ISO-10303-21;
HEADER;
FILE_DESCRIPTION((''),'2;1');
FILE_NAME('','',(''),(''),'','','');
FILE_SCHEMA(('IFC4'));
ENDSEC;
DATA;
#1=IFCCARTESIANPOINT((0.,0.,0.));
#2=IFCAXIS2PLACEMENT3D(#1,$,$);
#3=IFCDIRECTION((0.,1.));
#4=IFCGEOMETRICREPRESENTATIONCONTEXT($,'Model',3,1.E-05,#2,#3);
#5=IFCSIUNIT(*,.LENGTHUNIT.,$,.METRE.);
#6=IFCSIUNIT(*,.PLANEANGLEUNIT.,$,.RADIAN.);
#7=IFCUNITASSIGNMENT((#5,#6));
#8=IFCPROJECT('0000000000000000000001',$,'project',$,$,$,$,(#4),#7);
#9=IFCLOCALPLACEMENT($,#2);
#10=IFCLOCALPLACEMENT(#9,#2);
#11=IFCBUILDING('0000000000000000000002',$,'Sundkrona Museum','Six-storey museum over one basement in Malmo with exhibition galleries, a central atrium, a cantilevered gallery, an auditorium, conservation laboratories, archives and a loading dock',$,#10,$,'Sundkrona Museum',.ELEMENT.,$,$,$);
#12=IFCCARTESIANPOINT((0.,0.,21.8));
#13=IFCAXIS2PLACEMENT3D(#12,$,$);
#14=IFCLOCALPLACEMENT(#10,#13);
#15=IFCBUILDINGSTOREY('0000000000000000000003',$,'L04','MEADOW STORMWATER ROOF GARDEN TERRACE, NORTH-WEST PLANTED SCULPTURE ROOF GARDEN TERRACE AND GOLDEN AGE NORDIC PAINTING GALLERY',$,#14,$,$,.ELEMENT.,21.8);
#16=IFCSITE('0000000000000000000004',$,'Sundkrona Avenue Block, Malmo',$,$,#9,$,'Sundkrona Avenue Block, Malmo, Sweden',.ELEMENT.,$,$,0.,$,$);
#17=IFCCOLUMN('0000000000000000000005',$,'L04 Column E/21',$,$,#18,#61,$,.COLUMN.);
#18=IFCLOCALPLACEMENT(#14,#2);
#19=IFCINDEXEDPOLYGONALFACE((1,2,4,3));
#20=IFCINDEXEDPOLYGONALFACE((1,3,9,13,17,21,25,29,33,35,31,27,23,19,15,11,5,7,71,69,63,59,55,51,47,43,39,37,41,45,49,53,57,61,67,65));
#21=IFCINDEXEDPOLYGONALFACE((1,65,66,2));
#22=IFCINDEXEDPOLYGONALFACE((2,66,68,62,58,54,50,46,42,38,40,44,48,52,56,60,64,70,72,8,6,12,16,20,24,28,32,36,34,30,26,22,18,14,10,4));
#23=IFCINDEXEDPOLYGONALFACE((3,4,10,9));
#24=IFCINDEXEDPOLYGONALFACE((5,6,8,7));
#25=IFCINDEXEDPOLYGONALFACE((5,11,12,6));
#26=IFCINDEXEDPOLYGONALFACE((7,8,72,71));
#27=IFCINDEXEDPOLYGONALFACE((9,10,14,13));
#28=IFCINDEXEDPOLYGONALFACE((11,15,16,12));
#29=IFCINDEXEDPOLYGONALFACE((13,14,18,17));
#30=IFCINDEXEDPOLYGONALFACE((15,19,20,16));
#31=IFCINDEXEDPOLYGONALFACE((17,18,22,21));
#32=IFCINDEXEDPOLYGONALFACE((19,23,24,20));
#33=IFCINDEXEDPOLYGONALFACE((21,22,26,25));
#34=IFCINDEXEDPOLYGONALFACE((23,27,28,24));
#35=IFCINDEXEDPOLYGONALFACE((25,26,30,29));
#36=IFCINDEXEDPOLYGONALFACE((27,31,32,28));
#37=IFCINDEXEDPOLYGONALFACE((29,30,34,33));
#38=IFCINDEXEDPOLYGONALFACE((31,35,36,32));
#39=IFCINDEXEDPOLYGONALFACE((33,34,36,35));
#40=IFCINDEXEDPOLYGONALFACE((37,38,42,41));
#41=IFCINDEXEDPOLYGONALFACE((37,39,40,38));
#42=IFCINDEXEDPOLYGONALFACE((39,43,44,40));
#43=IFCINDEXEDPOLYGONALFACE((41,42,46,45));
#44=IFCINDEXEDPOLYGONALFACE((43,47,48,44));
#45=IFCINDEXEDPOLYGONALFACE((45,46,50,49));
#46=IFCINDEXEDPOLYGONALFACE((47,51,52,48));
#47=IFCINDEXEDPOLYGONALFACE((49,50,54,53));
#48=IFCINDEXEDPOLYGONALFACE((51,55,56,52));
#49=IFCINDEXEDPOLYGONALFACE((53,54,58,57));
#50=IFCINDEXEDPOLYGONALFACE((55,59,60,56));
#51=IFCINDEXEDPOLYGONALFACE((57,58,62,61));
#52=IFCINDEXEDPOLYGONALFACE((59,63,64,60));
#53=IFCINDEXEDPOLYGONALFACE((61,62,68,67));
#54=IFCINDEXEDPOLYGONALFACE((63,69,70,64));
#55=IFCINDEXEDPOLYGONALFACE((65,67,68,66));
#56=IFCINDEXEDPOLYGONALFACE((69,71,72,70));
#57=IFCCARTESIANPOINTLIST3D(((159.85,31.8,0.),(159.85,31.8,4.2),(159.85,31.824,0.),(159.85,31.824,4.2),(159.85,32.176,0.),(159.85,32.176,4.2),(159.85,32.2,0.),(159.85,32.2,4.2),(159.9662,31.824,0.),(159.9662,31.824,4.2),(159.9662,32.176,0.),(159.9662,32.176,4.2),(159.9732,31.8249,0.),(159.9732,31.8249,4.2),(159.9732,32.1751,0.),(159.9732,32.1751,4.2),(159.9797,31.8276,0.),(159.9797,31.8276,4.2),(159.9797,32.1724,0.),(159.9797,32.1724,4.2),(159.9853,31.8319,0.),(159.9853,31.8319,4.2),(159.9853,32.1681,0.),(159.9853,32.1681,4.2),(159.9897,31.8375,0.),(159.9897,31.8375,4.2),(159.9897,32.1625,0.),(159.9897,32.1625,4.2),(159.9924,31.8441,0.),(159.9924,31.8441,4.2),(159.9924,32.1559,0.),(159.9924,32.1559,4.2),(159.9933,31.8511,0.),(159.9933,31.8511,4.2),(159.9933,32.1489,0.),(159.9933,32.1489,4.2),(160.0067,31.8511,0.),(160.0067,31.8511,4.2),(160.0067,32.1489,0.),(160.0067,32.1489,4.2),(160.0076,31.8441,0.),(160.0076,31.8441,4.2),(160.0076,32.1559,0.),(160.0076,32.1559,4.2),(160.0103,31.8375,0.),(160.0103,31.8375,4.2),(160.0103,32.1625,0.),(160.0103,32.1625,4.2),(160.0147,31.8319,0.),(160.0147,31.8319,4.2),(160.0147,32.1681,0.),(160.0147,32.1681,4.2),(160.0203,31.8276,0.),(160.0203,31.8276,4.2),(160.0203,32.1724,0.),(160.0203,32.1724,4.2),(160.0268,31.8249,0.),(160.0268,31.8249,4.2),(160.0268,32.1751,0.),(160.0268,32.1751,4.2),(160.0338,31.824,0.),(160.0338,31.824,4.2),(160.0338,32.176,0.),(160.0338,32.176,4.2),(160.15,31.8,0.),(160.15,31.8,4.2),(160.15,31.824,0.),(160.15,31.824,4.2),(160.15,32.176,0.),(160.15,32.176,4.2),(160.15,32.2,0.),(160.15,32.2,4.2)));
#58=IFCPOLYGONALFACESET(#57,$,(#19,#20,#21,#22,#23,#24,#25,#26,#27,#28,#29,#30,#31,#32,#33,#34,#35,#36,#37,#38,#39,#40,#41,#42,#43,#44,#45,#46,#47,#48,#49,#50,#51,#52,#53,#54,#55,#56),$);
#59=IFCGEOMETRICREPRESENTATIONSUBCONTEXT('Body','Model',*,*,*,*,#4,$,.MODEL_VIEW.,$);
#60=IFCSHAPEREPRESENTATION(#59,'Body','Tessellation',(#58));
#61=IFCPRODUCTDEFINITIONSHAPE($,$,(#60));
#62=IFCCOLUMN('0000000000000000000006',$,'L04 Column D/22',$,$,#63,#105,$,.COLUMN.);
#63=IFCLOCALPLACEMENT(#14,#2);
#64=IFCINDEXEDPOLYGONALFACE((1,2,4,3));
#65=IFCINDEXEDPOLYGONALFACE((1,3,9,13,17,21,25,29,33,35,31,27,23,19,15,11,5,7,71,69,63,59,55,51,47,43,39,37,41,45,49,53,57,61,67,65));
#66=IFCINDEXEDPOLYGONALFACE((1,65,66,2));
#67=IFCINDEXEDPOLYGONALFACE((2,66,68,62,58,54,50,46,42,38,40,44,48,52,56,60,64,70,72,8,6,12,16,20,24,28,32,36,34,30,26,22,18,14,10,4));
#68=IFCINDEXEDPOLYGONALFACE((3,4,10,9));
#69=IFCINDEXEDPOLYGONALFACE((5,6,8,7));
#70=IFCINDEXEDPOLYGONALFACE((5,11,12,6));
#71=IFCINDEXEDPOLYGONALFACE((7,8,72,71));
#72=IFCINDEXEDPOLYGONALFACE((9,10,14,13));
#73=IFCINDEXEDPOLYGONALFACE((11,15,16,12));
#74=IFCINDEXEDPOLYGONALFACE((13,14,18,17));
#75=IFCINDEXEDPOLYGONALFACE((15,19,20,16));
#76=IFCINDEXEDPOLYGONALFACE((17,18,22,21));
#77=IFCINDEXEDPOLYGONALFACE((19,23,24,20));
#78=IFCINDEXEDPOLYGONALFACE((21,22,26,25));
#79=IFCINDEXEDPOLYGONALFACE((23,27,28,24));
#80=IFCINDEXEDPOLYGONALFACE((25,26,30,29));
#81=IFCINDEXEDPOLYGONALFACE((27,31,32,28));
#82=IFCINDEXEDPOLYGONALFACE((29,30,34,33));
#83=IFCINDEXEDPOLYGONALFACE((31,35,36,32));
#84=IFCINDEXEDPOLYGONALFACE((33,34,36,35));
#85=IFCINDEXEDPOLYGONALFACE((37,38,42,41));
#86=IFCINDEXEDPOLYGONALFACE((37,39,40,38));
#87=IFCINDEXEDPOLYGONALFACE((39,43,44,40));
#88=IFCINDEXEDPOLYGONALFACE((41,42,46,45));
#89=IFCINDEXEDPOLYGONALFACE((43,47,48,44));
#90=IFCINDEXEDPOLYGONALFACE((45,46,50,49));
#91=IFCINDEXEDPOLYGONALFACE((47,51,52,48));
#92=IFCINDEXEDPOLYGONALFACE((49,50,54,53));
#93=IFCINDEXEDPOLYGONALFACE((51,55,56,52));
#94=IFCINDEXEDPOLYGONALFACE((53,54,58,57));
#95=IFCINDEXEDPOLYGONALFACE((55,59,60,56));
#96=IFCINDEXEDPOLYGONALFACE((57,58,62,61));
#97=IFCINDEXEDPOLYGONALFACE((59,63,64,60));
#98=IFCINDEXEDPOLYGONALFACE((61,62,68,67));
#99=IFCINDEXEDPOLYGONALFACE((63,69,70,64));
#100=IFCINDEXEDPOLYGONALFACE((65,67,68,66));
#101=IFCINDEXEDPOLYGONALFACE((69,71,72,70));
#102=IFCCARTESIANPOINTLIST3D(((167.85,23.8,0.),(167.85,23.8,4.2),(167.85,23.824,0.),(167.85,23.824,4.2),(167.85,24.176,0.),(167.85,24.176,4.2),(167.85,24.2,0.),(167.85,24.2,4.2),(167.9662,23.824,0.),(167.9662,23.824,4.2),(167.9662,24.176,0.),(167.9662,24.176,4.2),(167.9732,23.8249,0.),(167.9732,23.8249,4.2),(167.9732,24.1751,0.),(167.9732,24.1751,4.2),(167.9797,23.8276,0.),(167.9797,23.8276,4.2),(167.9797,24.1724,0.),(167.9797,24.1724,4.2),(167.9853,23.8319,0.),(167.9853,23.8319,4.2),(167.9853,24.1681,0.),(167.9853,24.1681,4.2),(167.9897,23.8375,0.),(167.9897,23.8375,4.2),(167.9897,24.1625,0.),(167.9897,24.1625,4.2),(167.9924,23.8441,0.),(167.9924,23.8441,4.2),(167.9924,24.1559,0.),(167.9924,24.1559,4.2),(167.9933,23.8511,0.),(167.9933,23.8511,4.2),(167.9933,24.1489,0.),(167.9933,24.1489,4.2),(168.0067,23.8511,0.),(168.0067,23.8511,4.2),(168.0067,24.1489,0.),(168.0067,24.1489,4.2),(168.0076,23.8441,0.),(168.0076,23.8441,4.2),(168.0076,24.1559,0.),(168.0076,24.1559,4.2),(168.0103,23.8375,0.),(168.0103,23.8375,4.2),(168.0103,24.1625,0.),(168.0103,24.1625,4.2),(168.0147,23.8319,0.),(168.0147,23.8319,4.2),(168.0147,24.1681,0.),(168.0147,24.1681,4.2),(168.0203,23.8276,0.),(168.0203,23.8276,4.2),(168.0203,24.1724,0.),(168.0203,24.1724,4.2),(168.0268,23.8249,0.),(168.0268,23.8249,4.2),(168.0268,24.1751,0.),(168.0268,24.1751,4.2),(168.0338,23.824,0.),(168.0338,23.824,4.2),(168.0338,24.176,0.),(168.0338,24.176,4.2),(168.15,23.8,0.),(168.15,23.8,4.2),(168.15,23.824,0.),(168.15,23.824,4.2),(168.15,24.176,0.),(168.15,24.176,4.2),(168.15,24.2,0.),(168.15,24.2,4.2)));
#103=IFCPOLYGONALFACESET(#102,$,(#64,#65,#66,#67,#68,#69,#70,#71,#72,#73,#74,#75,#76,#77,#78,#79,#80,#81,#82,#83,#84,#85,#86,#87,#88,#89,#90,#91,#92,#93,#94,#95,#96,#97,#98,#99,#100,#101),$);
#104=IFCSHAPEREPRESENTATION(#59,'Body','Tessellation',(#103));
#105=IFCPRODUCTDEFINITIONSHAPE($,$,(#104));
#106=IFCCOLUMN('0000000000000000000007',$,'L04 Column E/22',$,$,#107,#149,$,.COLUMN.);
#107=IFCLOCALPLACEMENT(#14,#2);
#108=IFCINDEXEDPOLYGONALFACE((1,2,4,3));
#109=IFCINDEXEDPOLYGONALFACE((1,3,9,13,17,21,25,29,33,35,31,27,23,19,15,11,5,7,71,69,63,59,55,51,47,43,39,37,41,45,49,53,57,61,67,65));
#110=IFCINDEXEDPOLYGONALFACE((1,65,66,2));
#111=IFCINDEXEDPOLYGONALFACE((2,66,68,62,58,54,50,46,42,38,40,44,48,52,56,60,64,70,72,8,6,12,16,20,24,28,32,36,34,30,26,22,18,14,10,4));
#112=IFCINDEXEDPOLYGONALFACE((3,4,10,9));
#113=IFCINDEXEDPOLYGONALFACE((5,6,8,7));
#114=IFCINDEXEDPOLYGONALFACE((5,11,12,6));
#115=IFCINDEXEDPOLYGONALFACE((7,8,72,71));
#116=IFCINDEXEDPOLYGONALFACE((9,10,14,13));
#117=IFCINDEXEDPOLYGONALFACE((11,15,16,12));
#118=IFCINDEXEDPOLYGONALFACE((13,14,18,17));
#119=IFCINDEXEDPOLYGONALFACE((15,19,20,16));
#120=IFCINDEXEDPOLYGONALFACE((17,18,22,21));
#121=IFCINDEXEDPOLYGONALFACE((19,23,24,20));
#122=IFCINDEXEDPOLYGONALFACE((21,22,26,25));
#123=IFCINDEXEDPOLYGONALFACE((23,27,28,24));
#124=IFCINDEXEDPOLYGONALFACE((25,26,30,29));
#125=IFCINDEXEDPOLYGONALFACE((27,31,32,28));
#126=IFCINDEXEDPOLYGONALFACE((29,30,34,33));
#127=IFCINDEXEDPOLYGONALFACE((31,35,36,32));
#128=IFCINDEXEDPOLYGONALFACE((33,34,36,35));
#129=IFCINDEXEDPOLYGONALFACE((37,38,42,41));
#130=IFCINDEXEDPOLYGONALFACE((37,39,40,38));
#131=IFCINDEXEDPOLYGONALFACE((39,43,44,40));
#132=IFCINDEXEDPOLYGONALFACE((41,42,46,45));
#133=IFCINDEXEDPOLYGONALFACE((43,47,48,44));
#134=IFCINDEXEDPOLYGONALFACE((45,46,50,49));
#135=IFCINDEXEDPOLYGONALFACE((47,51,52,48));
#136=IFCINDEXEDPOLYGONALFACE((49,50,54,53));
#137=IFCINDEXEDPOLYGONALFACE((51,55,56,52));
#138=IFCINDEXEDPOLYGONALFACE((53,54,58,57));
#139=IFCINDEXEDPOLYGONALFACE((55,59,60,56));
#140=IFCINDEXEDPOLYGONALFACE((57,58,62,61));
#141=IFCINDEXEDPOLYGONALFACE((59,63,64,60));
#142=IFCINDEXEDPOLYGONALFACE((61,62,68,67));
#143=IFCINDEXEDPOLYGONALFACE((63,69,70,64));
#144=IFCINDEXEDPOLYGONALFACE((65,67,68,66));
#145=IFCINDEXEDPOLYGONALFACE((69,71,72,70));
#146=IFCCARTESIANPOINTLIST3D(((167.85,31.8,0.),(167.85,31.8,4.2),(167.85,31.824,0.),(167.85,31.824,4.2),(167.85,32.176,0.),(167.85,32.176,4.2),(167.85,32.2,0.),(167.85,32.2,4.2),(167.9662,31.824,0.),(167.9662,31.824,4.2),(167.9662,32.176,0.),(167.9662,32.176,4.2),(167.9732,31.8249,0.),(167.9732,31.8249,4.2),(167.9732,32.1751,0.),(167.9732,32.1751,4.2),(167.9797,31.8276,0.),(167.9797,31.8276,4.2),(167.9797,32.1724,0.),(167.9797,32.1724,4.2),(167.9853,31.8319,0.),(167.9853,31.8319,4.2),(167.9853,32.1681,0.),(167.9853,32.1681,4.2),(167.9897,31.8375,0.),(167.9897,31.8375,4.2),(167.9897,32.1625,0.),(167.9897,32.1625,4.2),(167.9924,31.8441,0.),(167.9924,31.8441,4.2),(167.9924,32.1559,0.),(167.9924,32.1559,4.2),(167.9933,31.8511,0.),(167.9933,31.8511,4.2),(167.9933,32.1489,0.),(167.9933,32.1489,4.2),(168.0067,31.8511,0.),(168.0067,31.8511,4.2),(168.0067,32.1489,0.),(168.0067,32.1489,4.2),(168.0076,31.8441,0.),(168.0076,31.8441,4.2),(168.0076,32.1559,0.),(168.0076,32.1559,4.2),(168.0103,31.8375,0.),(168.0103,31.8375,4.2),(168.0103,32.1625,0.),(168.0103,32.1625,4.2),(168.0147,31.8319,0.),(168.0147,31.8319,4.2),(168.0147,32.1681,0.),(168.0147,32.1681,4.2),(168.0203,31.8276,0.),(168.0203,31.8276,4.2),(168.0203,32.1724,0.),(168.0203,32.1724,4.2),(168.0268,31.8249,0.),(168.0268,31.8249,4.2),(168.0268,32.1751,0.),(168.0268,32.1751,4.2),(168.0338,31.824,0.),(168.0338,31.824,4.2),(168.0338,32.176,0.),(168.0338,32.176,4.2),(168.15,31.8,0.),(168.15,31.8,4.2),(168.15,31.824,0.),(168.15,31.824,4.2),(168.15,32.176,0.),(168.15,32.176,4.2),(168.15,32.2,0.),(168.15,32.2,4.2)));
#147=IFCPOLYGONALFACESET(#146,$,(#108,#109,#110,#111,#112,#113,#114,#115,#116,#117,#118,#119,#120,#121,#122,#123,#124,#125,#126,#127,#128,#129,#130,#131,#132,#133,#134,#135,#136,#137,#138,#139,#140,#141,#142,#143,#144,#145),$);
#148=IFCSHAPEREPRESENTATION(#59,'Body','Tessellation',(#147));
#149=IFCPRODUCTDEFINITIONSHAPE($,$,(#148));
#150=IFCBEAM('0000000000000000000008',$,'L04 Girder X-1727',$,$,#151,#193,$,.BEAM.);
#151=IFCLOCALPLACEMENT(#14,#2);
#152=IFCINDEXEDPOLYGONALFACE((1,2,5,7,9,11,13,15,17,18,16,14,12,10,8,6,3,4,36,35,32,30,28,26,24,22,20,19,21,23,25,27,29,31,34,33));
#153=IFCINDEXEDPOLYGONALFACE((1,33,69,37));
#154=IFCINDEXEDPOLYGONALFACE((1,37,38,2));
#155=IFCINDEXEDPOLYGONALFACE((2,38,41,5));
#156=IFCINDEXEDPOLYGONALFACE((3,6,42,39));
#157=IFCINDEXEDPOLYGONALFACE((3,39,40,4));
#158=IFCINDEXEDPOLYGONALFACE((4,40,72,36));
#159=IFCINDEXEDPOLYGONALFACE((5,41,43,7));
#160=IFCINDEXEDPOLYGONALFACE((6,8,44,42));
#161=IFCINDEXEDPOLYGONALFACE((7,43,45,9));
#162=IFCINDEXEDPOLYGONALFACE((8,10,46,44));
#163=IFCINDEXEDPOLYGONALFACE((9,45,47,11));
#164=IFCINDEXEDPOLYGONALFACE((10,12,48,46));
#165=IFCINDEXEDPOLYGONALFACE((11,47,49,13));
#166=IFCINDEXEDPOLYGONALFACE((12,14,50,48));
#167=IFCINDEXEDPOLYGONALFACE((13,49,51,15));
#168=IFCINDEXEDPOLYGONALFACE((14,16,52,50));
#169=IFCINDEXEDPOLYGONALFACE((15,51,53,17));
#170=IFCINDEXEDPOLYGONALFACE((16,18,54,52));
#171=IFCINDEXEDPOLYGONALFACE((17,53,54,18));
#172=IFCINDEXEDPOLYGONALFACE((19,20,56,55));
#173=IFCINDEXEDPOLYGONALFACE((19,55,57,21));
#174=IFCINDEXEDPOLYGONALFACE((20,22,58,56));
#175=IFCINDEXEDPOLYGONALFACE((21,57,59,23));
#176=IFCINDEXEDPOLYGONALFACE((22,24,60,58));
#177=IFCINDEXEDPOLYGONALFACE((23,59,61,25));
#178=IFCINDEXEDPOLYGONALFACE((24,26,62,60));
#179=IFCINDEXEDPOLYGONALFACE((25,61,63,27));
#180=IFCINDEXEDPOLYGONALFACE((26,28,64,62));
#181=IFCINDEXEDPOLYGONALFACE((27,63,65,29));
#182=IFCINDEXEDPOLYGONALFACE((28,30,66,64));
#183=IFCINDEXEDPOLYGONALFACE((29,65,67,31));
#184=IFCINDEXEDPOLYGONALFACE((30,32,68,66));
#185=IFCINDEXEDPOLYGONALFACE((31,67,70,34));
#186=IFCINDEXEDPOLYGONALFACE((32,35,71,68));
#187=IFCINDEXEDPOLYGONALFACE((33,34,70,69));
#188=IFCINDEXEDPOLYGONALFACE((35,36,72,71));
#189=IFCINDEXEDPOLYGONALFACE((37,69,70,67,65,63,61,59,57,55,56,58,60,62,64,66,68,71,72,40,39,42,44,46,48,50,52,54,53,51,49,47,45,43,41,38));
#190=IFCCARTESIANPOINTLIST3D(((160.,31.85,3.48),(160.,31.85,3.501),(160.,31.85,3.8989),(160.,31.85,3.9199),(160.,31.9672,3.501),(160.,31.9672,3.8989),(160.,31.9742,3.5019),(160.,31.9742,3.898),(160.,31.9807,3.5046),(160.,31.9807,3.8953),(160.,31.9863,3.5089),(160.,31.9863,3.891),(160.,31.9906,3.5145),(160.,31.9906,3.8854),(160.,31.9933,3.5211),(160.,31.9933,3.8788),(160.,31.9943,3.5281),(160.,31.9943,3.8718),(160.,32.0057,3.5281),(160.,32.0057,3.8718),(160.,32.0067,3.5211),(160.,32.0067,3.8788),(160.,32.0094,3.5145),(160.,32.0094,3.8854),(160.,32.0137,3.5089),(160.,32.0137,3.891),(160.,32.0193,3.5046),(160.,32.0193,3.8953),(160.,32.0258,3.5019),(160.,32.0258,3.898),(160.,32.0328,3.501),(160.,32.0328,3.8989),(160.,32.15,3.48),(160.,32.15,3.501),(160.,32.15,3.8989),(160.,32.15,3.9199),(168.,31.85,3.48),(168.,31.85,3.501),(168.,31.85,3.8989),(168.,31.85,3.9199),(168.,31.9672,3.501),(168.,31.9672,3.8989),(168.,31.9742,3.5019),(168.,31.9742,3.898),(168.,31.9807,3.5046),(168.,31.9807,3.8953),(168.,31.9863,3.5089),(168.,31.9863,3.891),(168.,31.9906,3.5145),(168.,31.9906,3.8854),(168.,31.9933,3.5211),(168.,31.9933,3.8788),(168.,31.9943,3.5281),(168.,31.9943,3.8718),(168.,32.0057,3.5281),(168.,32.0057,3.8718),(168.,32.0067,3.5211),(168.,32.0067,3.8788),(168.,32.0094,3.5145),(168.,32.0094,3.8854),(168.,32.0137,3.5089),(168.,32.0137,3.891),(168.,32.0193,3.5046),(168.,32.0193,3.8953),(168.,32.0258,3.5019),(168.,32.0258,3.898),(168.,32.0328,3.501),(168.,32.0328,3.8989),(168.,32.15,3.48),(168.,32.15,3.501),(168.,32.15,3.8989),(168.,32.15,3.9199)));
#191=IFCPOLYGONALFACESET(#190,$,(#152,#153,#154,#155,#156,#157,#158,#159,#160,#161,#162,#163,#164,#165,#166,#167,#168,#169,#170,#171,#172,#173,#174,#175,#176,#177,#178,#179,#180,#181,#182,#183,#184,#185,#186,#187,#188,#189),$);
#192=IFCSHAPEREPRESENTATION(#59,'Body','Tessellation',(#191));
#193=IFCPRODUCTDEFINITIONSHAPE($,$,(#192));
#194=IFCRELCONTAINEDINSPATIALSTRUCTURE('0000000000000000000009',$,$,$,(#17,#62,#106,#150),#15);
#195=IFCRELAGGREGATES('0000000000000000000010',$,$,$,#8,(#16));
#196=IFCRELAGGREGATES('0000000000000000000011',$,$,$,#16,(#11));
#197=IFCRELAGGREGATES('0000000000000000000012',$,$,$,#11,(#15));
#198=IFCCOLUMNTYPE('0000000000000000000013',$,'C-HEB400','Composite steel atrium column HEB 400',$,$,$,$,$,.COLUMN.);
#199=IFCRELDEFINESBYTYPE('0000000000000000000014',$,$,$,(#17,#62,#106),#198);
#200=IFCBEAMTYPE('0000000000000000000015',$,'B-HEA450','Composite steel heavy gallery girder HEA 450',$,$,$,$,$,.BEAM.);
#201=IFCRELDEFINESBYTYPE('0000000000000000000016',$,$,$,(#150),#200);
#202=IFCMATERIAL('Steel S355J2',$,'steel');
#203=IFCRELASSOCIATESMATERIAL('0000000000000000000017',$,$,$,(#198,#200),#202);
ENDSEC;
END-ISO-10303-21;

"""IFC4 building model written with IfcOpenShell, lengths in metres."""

from ifc_helpers import new_model, si_unit, direction, frame, origin, origin_2d, place, context, subcontext, project, spatial, i_section, extrude, material, material_profile, profile_set, type_object, element, save


model = new_model("IFC4")

# Units and contexts
model_context = context("Model", 3, precision=1e-05, world=origin(), true_north=direction((0.0, 1.0)))
body_context = subcontext(model_context, "Body", "Model", "MODEL_VIEW")
ifc_project = project(units=[si_unit("LENGTHUNIT", "METRE"), si_unit("PLANEANGLEUNIT", "RADIAN")], contexts=[model_context])

# Site, building, storey
site_placement = place(None, origin())
site = spatial("IfcSite", under=ifc_project, at=site_placement, Name="Sundkrona Avenue Block, Malmo", LongName="Sundkrona Avenue Block, Malmo, Sweden", CompositionType="ELEMENT", RefElevation=0.0)
building_placement = place(site_placement, origin())
building = spatial("IfcBuilding", under=site, at=building_placement, Name="Sundkrona Museum", Description="Six-storey museum over one basement in Malmo with exhibition galleries, a central atrium, a cantilevered gallery, an auditorium, conservation laboratories, archives and a loading dock", LongName="Sundkrona Museum", CompositionType="ELEMENT")
storey_placement = place(building_placement, frame((0.0, 0.0, 21.8)))
storey = spatial("IfcBuildingStorey", under=building, at=storey_placement, Name="L04", Description="MEADOW STORMWATER ROOF GARDEN TERRACE, NORTH-WEST PLANTED SCULPTURE ROOF GARDEN TERRACE AND GOLDEN AGE NORDIC PAINTING GALLERY", CompositionType="ELEMENT", Elevation=21.8)

# Columns
ifc_material_1 = material(Name="Steel S355J2", Category="steel")
ifc_material_profile_1 = material_profile(ifc_material_1, i_section(OverallWidth=0.3, OverallDepth=0.3999, WebThickness=0.0134, FlangeThickness=0.0239, FilletRadius=0.0271, at=origin_2d()), Name="HEB 400")
ifc_profile_set_1 = profile_set([ifc_material_profile_1], Name="Steel S355J2")
column_type = type_object("IfcColumnType", Name="C-HEB400", Description="Composite steel atrium column HEB 400", PredefinedType="COLUMN", material=ifc_profile_set_1)
for number, where, z_axis, x_axis, name in (
    (1, (160.0, 32.0, 0.0), (0.0, 0.0, 1.0), (1.0, 0.0, 0.0), "L04 Column E/21"),
    (2, (168.0, 24.0, 0.0), (0.0, 0.0, 1.0), (1.0, 0.0, 0.0), "L04 Column D/22"),
    (3, (168.0, 32.0, 0.0), (0.0, 0.0, 1.0), (1.0, 0.0, 0.0), "L04 Column E/22"),
):
    element("IfcColumn", number, at=place(storey_placement, frame(where, z_axis=z_axis, x_axis=x_axis)), inside=storey, type_object=column_type, Name=name, PredefinedType="COLUMN", context=body_context, shape_type="SweptSolid", body=[
        extrude(i_section(OverallWidth=0.3, OverallDepth=0.3999, WebThickness=0.0134, FlangeThickness=0.0239, FilletRadius=0.0271, at=origin_2d()), origin(), (0.0, 0.0, 1.0), 4.2),
    ])

# Beam
ifc_material_profile_2 = material_profile(ifc_material_1, i_section(OverallWidth=0.3, OverallDepth=0.4399, WebThickness=0.0115, FlangeThickness=0.021, FilletRadius=0.0271, at=origin_2d()), Name="HEA 450")
ifc_profile_set_2 = profile_set([ifc_material_profile_2], Name="Steel S355J2")
beam_type_1 = type_object("IfcBeamType", Name="B-HEA450", Description="Composite steel heavy gallery girder HEA 450", PredefinedType="BEAM", material=ifc_profile_set_2)
for number, where, z_axis, x_axis, name in (
    (4, (160.0, 32.0, 3.7), (1.0, 0.0, 0.0), (0.0, 1.0, 0.0), "L04 Girder X-1727"),
):
    element("IfcBeam", number, at=place(storey_placement, frame(where, z_axis=z_axis, x_axis=x_axis)), inside=storey, type_object=beam_type_1, Name=name, PredefinedType="BEAM", context=body_context, shape_type="SweptSolid", body=[
        extrude(i_section(OverallWidth=0.3, OverallDepth=0.4399, WebThickness=0.0115, FlangeThickness=0.021, FilletRadius=0.0271, at=origin_2d()), origin(), (0.0, 0.0, 1.0), 8.0),
    ])

save(model, "model.ifc")
